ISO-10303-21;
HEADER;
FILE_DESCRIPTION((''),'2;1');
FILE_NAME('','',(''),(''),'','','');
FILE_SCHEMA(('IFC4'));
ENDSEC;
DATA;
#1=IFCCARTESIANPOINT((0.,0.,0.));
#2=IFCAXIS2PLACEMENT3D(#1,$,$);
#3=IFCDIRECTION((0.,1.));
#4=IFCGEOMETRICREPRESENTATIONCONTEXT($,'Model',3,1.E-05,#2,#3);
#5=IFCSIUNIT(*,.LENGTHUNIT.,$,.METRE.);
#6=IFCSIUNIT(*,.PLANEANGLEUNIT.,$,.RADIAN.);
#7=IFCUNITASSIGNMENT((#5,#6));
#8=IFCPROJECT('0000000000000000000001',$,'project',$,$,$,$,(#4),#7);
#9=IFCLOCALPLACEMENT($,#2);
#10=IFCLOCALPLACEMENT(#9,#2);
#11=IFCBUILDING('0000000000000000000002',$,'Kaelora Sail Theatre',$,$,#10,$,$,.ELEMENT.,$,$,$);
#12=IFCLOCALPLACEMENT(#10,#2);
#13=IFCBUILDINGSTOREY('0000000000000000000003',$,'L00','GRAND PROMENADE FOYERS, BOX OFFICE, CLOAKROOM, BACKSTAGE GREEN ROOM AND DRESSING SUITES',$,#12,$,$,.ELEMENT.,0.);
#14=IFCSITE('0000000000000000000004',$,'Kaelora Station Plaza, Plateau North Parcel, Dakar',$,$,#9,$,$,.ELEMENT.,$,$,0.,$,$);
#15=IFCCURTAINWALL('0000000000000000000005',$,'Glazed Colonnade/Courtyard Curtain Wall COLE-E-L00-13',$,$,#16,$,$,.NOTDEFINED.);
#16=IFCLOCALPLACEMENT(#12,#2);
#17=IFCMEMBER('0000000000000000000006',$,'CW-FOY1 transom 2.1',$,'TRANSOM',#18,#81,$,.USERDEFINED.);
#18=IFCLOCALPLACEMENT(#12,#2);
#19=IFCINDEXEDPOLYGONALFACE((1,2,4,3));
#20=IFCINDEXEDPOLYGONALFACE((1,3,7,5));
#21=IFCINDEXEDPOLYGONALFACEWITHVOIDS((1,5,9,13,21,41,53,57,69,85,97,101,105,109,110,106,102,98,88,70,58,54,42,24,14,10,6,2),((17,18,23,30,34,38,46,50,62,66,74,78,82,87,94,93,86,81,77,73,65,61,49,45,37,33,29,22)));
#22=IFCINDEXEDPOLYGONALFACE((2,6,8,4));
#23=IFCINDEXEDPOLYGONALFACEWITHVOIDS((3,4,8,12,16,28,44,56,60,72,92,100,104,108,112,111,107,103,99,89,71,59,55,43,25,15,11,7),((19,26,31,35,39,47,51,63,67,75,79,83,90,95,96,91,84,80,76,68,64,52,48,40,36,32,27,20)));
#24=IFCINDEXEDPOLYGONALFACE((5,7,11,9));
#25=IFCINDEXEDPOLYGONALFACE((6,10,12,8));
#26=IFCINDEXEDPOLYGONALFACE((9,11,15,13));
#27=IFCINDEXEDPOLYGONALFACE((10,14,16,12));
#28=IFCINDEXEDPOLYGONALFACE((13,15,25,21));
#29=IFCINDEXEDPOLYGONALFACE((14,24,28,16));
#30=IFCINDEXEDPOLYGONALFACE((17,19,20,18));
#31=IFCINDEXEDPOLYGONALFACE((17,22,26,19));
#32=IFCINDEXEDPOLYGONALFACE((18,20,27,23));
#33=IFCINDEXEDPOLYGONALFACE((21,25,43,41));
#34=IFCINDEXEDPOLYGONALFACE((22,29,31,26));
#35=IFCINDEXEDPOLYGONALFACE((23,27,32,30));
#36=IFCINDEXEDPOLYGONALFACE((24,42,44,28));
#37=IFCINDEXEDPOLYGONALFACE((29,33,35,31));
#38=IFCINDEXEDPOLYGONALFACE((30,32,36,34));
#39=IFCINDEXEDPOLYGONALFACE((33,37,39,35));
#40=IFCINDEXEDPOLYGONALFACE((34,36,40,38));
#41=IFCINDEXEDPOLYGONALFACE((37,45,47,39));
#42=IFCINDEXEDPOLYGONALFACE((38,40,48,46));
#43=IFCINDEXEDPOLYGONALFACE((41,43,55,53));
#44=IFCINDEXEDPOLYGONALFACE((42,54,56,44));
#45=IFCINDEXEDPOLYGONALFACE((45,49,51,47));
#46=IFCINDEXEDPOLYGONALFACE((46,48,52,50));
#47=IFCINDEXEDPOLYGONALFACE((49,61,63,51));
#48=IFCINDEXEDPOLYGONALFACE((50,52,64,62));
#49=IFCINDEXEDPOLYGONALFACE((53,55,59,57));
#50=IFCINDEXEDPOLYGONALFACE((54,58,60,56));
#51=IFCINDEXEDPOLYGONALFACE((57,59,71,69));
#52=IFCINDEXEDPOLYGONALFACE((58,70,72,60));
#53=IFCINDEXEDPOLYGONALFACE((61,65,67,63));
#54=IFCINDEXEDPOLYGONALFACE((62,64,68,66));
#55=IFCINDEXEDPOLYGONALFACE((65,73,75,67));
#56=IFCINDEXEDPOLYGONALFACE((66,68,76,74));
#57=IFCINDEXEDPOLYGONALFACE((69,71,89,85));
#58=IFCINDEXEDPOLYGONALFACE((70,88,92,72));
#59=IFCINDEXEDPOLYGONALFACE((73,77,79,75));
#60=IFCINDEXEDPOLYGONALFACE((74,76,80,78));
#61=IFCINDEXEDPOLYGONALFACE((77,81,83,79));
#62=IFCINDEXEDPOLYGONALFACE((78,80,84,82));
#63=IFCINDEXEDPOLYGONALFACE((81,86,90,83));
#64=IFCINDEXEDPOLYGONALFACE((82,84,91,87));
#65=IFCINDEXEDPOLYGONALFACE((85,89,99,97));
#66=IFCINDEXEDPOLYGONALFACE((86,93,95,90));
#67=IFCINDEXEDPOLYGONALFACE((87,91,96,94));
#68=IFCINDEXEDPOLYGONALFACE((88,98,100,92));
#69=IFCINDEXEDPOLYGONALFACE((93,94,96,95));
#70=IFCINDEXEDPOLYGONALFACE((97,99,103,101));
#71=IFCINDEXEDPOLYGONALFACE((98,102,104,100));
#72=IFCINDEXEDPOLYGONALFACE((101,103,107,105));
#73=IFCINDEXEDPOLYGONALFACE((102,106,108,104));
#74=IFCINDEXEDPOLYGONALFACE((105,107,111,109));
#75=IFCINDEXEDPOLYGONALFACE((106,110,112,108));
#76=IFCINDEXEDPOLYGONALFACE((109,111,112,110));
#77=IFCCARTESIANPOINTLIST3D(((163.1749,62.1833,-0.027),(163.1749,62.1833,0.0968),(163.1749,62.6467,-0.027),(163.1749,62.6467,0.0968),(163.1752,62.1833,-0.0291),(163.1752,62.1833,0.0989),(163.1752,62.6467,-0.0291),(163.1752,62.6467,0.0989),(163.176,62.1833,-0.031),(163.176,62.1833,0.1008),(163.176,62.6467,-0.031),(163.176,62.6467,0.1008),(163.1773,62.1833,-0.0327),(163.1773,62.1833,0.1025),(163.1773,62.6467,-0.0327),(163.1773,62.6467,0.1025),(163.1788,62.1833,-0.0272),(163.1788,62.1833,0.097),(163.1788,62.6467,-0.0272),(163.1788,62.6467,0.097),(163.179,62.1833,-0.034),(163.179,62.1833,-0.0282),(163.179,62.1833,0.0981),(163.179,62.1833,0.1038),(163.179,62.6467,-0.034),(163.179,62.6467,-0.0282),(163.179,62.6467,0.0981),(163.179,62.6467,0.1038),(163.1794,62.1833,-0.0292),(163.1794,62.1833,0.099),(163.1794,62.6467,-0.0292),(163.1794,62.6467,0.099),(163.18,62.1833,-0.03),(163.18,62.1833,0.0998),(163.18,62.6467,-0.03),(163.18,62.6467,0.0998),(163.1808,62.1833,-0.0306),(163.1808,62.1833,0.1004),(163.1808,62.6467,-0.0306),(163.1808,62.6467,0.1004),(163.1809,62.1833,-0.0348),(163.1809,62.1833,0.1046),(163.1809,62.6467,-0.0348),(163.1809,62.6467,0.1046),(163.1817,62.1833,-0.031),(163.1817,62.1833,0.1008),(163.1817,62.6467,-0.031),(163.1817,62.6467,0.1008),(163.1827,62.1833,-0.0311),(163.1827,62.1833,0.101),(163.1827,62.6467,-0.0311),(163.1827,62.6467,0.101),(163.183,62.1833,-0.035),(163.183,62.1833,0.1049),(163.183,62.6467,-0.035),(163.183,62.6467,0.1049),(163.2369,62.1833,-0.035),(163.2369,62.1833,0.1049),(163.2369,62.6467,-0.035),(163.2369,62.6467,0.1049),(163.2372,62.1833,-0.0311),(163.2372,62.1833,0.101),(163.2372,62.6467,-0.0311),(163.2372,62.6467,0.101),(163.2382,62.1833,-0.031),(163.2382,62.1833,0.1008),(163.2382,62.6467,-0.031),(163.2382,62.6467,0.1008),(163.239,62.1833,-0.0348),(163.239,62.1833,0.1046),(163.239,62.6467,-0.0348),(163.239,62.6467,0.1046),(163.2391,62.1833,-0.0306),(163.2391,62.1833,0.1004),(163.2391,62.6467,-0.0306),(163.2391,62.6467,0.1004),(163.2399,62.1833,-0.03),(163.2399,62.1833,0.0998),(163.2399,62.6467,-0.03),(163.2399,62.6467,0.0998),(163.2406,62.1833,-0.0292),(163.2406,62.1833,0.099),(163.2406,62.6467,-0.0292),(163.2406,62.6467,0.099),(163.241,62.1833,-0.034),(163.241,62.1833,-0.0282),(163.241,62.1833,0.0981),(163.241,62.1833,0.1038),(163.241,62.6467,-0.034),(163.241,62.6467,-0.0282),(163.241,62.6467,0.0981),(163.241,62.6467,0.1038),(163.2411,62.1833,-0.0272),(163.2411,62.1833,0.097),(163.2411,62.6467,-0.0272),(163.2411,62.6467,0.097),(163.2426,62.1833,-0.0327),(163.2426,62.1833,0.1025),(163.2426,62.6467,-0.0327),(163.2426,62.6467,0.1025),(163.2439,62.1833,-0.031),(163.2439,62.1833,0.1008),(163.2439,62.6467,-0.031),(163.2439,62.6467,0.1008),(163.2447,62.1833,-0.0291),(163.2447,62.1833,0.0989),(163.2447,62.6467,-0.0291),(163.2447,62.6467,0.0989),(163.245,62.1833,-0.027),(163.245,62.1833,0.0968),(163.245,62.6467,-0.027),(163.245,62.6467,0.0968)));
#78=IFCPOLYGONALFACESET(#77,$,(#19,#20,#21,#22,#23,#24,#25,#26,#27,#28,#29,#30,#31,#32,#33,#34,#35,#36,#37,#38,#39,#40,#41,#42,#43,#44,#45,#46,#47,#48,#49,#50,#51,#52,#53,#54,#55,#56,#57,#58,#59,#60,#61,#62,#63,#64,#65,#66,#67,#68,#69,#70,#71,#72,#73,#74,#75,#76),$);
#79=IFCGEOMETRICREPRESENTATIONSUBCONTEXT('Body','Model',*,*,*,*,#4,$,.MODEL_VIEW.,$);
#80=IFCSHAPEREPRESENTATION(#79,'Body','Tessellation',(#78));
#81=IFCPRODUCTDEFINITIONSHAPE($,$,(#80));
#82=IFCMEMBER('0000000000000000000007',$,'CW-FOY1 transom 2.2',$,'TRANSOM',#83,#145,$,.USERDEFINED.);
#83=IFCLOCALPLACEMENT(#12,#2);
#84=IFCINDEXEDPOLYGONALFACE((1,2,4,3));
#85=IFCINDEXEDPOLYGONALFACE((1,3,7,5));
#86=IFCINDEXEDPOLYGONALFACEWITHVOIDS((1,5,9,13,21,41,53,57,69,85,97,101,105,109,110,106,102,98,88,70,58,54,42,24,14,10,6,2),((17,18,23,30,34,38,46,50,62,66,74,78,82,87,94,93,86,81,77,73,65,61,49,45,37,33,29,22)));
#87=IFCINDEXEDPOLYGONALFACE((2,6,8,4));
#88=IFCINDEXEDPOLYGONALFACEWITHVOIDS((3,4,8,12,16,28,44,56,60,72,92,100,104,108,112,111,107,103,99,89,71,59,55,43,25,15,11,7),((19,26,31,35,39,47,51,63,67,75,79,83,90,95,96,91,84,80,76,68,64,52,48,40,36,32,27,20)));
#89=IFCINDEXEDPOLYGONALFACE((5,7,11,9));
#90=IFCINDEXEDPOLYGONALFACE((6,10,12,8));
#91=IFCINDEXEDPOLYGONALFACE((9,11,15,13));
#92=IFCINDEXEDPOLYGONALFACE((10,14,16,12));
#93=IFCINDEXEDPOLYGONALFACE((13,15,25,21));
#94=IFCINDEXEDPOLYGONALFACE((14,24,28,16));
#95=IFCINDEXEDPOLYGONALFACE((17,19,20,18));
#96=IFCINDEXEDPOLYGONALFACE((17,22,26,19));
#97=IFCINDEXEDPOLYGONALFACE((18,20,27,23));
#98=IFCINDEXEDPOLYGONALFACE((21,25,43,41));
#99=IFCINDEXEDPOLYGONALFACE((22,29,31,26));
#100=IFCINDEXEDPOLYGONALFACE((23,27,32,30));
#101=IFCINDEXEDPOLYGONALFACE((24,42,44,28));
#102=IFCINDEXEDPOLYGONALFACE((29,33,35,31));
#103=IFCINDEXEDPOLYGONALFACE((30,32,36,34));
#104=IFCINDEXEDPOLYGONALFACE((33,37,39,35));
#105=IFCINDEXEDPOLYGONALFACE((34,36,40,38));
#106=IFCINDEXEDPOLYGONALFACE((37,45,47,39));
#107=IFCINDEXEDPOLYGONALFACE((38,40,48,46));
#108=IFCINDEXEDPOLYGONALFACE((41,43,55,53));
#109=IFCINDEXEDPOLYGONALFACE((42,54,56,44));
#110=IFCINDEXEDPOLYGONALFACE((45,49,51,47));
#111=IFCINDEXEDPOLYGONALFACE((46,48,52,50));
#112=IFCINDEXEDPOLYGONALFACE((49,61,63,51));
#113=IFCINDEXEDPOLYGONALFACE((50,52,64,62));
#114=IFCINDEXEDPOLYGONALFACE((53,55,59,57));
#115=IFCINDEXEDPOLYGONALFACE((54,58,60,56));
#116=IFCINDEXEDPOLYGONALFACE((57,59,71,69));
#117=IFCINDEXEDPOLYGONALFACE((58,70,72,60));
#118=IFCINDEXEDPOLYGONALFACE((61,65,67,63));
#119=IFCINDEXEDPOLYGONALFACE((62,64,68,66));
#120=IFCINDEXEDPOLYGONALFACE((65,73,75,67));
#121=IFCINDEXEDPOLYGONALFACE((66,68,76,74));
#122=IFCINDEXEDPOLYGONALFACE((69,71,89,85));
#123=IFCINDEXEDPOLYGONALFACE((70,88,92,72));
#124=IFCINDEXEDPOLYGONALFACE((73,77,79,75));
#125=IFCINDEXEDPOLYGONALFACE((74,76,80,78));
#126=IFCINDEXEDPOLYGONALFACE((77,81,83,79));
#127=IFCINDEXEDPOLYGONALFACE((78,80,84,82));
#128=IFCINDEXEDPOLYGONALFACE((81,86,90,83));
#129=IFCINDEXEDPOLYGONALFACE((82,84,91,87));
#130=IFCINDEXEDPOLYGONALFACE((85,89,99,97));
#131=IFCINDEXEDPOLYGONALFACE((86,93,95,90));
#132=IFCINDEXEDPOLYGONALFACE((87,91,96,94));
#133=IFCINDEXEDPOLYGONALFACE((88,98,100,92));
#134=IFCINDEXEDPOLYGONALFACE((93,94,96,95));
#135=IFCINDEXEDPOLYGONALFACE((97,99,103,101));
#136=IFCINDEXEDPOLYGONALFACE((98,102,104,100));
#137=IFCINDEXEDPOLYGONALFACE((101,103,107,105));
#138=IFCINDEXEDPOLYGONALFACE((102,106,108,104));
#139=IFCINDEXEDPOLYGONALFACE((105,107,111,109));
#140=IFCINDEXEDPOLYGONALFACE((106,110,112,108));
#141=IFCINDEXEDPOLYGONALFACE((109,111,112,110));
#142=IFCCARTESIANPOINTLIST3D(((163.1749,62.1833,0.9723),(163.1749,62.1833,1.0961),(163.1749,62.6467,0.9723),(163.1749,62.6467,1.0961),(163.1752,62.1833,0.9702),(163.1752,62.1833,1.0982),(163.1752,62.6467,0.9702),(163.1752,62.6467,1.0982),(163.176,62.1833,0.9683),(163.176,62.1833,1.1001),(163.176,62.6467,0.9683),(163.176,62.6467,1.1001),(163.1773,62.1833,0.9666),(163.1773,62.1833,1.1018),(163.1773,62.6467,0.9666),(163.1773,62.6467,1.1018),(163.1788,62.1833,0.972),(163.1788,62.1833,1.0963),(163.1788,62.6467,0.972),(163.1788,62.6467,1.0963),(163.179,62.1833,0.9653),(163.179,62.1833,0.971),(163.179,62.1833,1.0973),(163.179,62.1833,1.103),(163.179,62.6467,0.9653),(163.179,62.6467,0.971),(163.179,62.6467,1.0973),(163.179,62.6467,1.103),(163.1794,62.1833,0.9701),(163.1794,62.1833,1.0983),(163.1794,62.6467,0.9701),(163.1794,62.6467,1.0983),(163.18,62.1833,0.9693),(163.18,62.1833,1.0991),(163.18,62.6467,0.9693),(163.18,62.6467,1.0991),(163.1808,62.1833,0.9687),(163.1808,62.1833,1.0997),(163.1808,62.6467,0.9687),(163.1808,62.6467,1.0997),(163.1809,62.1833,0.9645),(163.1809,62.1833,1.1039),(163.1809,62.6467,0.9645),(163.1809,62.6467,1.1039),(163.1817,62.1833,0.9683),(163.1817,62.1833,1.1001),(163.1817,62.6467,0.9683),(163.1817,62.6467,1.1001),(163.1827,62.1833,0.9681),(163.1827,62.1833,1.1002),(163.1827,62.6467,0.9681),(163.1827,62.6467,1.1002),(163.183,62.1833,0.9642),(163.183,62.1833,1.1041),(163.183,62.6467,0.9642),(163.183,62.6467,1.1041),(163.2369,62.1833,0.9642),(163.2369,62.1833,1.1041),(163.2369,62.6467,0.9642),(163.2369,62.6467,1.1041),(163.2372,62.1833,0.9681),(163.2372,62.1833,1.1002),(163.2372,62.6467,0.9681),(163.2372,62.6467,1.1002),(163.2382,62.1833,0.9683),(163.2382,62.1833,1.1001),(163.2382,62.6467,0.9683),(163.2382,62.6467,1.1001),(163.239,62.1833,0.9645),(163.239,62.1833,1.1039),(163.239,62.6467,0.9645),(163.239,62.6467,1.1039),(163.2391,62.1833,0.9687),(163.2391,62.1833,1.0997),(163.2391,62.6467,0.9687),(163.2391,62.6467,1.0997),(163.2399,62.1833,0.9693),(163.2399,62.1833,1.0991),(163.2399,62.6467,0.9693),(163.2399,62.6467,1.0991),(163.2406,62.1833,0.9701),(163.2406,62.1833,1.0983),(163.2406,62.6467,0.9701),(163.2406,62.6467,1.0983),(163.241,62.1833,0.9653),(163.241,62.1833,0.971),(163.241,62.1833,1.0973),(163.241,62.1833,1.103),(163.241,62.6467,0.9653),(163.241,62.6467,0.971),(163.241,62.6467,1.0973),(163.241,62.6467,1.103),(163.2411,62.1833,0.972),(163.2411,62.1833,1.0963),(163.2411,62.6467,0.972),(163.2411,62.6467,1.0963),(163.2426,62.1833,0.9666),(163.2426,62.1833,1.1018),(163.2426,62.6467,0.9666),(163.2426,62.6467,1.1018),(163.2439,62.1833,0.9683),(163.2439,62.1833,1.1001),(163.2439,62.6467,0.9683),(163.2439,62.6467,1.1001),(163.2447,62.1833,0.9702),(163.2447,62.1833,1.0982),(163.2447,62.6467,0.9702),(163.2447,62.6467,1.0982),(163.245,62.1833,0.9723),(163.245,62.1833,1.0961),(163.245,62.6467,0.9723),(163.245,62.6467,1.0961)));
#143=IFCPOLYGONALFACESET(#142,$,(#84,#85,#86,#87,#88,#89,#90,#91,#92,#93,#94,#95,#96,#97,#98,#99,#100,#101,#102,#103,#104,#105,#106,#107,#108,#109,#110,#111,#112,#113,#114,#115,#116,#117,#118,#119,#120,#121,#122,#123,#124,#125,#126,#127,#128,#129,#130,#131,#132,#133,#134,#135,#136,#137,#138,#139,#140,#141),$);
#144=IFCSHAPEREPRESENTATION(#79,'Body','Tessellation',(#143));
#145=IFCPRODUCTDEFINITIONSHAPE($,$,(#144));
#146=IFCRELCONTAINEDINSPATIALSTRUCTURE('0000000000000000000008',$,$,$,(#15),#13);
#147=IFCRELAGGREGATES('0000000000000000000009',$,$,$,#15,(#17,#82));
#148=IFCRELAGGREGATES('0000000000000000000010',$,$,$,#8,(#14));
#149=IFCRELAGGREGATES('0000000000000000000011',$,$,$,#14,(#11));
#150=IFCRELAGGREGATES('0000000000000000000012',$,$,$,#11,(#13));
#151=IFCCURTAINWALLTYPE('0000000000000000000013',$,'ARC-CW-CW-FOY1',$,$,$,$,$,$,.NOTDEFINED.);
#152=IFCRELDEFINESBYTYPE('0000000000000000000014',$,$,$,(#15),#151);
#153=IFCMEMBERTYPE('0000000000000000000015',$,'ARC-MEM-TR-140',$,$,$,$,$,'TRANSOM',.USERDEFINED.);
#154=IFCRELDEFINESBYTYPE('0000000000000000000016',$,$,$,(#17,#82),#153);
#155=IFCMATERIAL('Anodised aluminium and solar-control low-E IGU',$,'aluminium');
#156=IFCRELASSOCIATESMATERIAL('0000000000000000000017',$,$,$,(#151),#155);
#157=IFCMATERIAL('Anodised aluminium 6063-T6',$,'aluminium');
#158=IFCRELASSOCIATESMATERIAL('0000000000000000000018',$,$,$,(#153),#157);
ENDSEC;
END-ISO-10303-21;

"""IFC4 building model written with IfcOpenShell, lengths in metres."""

from ifc_helpers import new_model, si_unit, direction, frame, origin, origin_2d, place, context, subcontext, project, spatial, hollow_rectangle, extrude, material, material_profile, profile_set, type_object, element, aggregate, save


model = new_model("IFC4")

# Units and contexts
model_context = context("Model", 3, precision=1e-05, world=origin(), true_north=direction((0.0, 1.0)))
body_context = subcontext(model_context, "Body", "Model", "MODEL_VIEW")
ifc_project = project(units=[si_unit("LENGTHUNIT", "METRE"), si_unit("PLANEANGLEUNIT", "RADIAN")], contexts=[model_context])

# Site, building, storey
site_placement = place(None, origin())
site = spatial("IfcSite", under=ifc_project, at=site_placement, Name="Kaelora Station Plaza, Plateau North Parcel, Dakar", CompositionType="ELEMENT", RefElevation=0.0)
building_placement = place(site_placement, origin())
building = spatial("IfcBuilding", under=site, at=building_placement, Name="Kaelora Sail Theatre", CompositionType="ELEMENT")
storey_placement = place(building_placement, origin())
storey = spatial("IfcBuildingStorey", under=building, at=storey_placement, Name="L00", Description="GRAND PROMENADE FOYERS, BOX OFFICE, CLOAKROOM, BACKSTAGE GREEN ROOM AND DRESSING SUITES", CompositionType="ELEMENT", Elevation=0.0)

# Shared definitions
ifc_material_1 = material(Name="Anodised aluminium and solar-control low-E IGU", Category="aluminium")
curtain_wall_type = type_object("IfcCurtainWallType", Name="ARC-CW-CW-FOY1", PredefinedType="NOTDEFINED", material=ifc_material_1)

# Curtain wall, members
curtain_wall_1_placement = place(storey_placement, origin())
curtain_wall_1 = element("IfcCurtainWall", 1, at=curtain_wall_1_placement, inside=storey, type_object=curtain_wall_type, Name="Glazed Colonnade/Courtyard Curtain Wall COLE-E-L00-13", PredefinedType="NOTDEFINED")
ifc_material_2 = material(Name="Anodised aluminium 6063-T6", Category="aluminium")
ifc_material_profile_1 = material_profile(ifc_material_2, hollow_rectangle(XDim=0.0701, YDim=0.1399, WallThickness=0.0039, InnerFilletRadius=0.0039, OuterFilletRadius=0.0081, at=origin_2d()), Name="ALU-TRAN 70x140x4")
ifc_profile_set_1 = profile_set([ifc_material_profile_1], Name="Anodised aluminium 6063-T6")
member_type_1 = type_object("IfcMemberType", Name="ARC-MEM-TR-140", ElementType="TRANSOM", PredefinedType="USERDEFINED", material=ifc_profile_set_1)
member_1_placement = place(storey_placement, frame((163.21, 62.1833, 0.0349), z_axis=(0.0, 1.0, 0.0), x_axis=(-1.0, 0.0, 0.0)))
member_1 = element("IfcMember", 2, at=member_1_placement, type_object=member_type_1, Name="CW-FOY1 transom 2.1", ObjectType="TRANSOM", PredefinedType="USERDEFINED", context=body_context, shape_type="SweptSolid", body=[
    extrude(hollow_rectangle(XDim=0.0701, YDim=0.1399, WallThickness=0.0039, InnerFilletRadius=0.0039, OuterFilletRadius=0.0081, at=origin_2d()), origin(), (0.0, 0.0, 1.0), 0.4634),
])
member_2_placement = place(storey_placement, frame((163.21, 62.1833, 1.0342), z_axis=(0.0, 1.0, 0.0), x_axis=(-1.0, 0.0, 0.0)))
member_2 = element("IfcMember", 3, at=member_2_placement, type_object=member_type_1, Name="CW-FOY1 transom 2.2", ObjectType="TRANSOM", PredefinedType="USERDEFINED", context=body_context, shape_type="SweptSolid", body=[
    extrude(hollow_rectangle(XDim=0.0701, YDim=0.1399, WallThickness=0.0039, InnerFilletRadius=0.0039, OuterFilletRadius=0.0081, at=origin_2d()), origin(), (0.0, 0.0, 1.0), 0.4634),
])

aggregate(curtain_wall_1, [member_1, member_2])

save(model, "model.ifc")
